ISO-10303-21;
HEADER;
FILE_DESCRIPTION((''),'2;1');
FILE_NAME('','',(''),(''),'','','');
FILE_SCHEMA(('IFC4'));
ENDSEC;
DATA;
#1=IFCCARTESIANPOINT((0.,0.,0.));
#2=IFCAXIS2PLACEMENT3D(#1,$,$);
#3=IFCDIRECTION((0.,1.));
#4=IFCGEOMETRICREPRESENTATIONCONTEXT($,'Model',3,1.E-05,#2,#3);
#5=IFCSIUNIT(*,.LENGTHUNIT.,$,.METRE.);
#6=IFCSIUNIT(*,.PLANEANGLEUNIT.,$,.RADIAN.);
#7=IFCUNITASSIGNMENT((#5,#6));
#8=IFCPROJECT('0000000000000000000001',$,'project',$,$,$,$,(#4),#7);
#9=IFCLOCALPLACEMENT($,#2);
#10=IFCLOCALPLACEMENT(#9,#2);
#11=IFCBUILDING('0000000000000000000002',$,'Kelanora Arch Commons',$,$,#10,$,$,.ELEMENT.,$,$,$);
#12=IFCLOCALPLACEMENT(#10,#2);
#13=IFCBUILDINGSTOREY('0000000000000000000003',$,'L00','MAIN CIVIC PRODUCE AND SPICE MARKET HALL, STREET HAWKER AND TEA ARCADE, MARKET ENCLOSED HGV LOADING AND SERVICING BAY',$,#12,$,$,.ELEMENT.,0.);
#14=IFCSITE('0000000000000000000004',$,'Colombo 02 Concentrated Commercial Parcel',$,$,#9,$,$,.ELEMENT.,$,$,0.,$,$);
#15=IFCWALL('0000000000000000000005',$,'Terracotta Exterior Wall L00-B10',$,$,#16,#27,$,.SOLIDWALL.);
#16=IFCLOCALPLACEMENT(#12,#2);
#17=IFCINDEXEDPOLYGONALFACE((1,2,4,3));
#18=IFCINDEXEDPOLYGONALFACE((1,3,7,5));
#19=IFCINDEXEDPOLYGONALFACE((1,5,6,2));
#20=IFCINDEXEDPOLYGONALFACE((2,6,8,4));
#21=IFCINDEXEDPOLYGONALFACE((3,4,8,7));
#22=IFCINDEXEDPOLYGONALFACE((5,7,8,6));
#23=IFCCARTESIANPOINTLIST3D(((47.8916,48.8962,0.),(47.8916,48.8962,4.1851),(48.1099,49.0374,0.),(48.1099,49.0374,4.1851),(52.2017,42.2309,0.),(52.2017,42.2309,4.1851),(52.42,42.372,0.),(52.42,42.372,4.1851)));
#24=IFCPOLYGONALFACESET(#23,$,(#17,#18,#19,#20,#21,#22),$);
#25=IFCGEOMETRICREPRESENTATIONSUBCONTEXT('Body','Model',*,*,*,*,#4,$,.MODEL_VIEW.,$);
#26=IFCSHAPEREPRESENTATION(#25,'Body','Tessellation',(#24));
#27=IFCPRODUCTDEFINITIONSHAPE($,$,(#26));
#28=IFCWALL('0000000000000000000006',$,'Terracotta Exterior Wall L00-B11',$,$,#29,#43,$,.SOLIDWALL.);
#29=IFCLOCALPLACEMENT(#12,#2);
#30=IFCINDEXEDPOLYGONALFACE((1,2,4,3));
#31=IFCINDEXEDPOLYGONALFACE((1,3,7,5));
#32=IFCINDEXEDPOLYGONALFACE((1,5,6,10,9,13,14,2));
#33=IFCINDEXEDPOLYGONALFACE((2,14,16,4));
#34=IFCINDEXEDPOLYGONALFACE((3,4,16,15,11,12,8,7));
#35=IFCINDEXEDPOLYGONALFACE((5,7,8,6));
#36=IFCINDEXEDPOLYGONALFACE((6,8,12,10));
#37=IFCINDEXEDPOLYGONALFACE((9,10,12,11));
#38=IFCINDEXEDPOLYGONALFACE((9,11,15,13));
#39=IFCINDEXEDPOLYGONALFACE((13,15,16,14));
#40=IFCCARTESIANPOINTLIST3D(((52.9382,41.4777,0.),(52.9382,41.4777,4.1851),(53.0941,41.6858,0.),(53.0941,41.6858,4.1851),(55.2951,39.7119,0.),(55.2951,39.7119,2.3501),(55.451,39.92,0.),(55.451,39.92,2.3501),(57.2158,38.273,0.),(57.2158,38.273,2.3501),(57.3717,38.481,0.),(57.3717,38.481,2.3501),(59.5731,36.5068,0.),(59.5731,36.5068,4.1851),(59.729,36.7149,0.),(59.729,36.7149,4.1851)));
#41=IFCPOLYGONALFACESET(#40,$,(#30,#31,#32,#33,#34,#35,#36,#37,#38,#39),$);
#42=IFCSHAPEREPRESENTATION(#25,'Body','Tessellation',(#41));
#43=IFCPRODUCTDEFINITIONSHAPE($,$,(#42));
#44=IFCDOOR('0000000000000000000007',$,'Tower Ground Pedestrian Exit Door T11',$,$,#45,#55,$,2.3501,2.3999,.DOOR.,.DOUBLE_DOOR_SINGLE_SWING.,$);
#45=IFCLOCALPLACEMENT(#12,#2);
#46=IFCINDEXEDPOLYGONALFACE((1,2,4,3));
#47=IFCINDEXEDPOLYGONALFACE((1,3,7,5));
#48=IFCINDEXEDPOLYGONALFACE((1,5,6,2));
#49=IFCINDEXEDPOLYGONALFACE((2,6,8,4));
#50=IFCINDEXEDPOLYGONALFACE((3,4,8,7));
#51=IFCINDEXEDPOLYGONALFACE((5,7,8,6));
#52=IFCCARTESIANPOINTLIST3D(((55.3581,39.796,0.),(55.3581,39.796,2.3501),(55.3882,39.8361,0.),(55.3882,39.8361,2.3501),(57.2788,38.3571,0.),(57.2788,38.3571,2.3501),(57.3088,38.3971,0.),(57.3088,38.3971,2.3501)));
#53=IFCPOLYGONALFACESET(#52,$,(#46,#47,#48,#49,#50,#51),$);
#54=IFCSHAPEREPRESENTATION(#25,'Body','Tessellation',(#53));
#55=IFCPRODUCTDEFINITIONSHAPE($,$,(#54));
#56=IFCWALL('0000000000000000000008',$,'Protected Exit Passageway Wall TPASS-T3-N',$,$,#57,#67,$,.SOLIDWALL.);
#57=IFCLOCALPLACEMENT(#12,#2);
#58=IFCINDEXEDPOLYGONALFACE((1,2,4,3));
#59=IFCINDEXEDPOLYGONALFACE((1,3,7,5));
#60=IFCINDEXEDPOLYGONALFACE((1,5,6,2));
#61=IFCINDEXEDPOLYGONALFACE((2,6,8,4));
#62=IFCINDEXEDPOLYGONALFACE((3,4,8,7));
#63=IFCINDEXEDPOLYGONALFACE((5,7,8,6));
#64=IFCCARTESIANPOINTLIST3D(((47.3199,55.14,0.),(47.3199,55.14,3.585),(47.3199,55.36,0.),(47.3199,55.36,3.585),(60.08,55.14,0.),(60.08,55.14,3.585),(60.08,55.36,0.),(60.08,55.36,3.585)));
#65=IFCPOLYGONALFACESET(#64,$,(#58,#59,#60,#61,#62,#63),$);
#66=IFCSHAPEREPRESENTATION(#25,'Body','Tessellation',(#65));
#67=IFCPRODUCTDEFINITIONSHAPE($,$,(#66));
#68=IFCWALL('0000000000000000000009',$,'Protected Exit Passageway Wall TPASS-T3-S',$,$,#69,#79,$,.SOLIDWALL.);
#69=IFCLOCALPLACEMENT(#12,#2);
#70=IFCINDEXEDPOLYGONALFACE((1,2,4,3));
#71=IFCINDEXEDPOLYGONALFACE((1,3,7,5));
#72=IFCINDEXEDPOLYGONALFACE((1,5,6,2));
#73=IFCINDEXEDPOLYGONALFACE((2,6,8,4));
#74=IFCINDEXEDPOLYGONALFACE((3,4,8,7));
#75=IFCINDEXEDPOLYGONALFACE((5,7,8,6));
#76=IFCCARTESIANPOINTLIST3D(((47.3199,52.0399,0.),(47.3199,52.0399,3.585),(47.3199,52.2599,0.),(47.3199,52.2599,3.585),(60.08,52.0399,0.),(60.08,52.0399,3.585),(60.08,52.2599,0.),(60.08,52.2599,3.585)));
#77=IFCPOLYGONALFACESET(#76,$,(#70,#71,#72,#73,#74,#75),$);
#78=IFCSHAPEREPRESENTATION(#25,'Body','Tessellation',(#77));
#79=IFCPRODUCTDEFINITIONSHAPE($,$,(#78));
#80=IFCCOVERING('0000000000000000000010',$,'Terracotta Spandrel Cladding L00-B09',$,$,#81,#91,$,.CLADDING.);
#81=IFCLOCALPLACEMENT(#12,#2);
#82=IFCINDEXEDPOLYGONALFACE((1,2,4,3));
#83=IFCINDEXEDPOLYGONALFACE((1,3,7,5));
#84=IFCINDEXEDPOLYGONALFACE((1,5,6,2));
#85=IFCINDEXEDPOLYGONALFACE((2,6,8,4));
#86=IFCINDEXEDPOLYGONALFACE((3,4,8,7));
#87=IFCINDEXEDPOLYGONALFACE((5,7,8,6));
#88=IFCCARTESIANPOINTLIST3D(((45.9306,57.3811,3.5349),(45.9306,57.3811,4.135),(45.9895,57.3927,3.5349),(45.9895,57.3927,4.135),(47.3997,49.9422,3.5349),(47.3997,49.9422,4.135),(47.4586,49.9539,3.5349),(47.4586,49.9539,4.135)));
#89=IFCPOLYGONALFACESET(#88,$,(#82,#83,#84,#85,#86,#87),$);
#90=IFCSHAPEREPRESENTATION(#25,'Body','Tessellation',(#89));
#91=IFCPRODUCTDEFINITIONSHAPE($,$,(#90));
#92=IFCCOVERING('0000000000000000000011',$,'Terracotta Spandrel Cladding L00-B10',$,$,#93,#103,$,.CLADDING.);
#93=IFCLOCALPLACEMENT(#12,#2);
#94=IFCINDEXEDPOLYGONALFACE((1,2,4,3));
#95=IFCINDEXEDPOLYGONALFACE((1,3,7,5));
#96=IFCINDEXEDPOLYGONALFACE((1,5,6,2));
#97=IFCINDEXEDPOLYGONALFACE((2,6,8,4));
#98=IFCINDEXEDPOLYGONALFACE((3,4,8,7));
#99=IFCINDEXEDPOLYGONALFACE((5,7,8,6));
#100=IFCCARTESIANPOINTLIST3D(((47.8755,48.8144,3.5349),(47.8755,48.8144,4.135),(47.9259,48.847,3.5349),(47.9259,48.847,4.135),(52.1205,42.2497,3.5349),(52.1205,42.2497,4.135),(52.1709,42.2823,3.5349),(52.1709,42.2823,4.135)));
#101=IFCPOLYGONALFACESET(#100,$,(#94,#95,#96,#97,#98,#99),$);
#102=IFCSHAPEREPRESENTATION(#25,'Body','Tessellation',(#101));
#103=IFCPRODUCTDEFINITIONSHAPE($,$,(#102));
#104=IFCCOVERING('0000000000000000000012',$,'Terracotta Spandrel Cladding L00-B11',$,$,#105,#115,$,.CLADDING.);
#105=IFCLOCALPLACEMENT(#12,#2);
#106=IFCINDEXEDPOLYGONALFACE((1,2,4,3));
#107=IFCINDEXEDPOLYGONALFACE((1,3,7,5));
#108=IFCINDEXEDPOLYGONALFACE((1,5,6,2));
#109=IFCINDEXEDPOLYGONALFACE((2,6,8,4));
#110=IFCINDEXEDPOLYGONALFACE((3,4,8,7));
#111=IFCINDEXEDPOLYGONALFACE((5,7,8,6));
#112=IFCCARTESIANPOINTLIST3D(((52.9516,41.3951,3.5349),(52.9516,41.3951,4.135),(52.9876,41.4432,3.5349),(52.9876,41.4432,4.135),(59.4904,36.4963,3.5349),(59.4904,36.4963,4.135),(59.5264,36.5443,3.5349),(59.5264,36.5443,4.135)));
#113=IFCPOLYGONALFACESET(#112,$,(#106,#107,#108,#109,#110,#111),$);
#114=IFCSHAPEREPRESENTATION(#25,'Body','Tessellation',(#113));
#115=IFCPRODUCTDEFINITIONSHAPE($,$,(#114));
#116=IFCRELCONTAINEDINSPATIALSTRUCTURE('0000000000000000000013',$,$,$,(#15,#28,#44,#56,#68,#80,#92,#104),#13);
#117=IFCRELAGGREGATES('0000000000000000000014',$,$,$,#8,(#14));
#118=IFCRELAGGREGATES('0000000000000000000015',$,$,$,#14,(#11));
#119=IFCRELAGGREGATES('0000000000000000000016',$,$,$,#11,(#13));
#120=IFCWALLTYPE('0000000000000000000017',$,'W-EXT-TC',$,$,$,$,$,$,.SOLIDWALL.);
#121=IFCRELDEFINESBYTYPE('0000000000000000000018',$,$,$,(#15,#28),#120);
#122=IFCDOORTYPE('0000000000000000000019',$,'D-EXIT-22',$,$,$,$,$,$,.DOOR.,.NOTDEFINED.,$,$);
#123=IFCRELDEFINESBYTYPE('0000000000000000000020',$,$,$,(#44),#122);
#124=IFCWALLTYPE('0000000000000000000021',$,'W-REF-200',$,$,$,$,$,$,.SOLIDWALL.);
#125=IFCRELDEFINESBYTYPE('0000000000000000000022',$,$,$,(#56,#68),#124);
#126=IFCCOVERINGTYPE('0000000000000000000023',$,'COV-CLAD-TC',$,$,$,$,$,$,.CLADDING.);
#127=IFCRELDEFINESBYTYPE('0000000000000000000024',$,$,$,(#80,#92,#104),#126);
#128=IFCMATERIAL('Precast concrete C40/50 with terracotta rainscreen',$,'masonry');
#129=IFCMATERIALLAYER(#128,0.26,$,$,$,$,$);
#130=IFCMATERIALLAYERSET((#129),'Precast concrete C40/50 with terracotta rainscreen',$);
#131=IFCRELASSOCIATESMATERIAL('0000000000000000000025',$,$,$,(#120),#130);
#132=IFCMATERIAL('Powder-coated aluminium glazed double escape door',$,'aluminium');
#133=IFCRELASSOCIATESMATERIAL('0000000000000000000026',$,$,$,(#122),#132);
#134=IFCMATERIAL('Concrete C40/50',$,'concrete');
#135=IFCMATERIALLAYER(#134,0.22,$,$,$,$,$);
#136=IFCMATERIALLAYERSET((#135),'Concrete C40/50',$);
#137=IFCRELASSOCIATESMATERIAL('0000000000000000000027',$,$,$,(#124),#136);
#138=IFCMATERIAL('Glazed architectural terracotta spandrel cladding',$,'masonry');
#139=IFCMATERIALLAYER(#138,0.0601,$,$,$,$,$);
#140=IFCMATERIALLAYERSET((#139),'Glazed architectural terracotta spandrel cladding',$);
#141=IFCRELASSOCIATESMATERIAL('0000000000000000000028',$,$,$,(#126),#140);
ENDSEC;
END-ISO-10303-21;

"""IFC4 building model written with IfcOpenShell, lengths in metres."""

from ifc_helpers import new_model, si_unit, direction, frame, frame_2d, origin, origin_2d, place, context, subcontext, project, spatial, rectangle, extrude, source, transform, mapped, material, layer, layer_set, type_object, element, fill, save


model = new_model("IFC4")

# Units and contexts
model_context = context("Model", 3, precision=1e-05, world=origin(), true_north=direction((0.0, 1.0)))
body_context = subcontext(model_context, "Body", "Model", "MODEL_VIEW")
ifc_project = project(units=[si_unit("LENGTHUNIT", "METRE"), si_unit("PLANEANGLEUNIT", "RADIAN")], contexts=[model_context])

# Site, building, storey
site_placement = place(None, origin())
site = spatial("IfcSite", under=ifc_project, at=site_placement, Name="Colombo 02 Concentrated Commercial Parcel", CompositionType="ELEMENT", RefElevation=0.0)
building_placement = place(site_placement, origin())
building = spatial("IfcBuilding", under=site, at=building_placement, Name="Kelanora Arch Commons", CompositionType="ELEMENT")
storey_placement = place(building_placement, origin())
storey = spatial("IfcBuildingStorey", under=building, at=storey_placement, Name="L00", Description="MAIN CIVIC PRODUCE AND SPICE MARKET HALL, STREET HAWKER AND TEA ARCADE, MARKET ENCLOSED HGV LOADING AND SERVICING BAY", CompositionType="ELEMENT", Elevation=0.0)

# Shared definitions
ifc_material_1 = material(Name="Concrete C40/50", Category="concrete")

# Wall
ifc_material_2 = material(Name="Precast concrete C40/50 with terracotta rainscreen", Category="masonry")
ifc_layer_1 = layer(ifc_material_2, 0.26)
ifc_layer_set_1 = layer_set([ifc_layer_1], Name="Precast concrete C40/50 with terracotta rainscreen")
wall_type_1 = type_object("IfcWallType", Name="W-EXT-TC", PredefinedType="SOLIDWALL", material=ifc_layer_set_1)
wall_1_placement = place(storey_placement, frame((48.0007, 48.9668, 0.0), z_axis=(0.0, 0.0, 1.0), x_axis=(0.543005, -0.839729, 0.0)))
element("IfcWall", 1, at=wall_1_placement, inside=storey, type_object=wall_type_1, Name="Terracotta Exterior Wall L00-B10", PredefinedType="SOLIDWALL", context=body_context, shape_type="SweptSolid", body=[
    extrude(rectangle(XDim=7.9375, YDim=0.26, at=frame_2d((3.9688, 0.0))), origin(), (0.0, 0.0, 1.0), 4.1851),
])

# Wall, opening, door
wall_2_placement = place(storey_placement, frame((53.0161, 41.5818, 0.0), z_axis=(0.0, 0.0, 1.0), x_axis=(0.800307, -0.59959, 0.0)))
wall_2 = element("IfcWall", 2, at=wall_2_placement, inside=storey, type_object=wall_type_1, Name="Terracotta Exterior Wall L00-B11", PredefinedType="SOLIDWALL", context=body_context, shape_type="SweptSolid", body=[
    extrude(rectangle(XDim=8.2905, YDim=0.26, at=frame_2d((4.1453, 0.0))), origin(), (0.0, 0.0, 1.0), 4.1851),
])
opening_1_placement = place(wall_2_placement, frame((2.9451, 0.0, 0.0)))
opening_1 = element("IfcOpeningElement", 3, at=opening_1_placement, cuts=wall_2, PredefinedType="OPENING", context=body_context, shape_type="SweptSolid", body=[
    extrude(rectangle(XDim=2.3999, YDim=2.3501, at=frame_2d((1.2, 1.175))), frame((0.0, 0.1401, 0.0), z_axis=(0.0, -1.0, 0.0), x_axis=(1.0, 0.0, 0.0)), (0.0, 0.0, 1.0), 0.28),
])
ifc_material_3 = material(Name="Powder-coated aluminium glazed double escape door", Category="aluminium")
door_type = type_object("IfcDoorType", Name="D-EXIT-22", OperationType="NOTDEFINED", PredefinedType="DOOR", material=ifc_material_3)
door_placement = place(opening_1_placement, frame((2.3999, 0.0, 0.0), z_axis=(0.0, 0.0, 1.0), x_axis=(-1.0, 0.0, 0.0)))
door = element("IfcDoor", 4, at=door_placement, inside=storey, type_object=door_type, Name="Tower Ground Pedestrian Exit Door T11", OperationType="DOUBLE_DOOR_SINGLE_SWING", OverallHeight=2.3501, OverallWidth=2.3999, PredefinedType="DOOR", context=body_context, shape_type="SweptSolid", body=[
    extrude(rectangle(XDim=2.3999, YDim=2.3501, at=frame_2d((1.2, 1.175))), frame((0.0, 0.0249, 0.0), z_axis=(0.0, -1.0, 0.0), x_axis=(1.0, 0.0, 0.0)), (0.0, 0.0, 1.0), 0.05),
])
fill(opening_1, door)

# Walls
ifc_layer_2 = layer(ifc_material_1, 0.22)
ifc_layer_set_2 = layer_set([ifc_layer_2], Name="Concrete C40/50")
wall_type_2 = type_object("IfcWallType", Name="W-REF-200", PredefinedType="SOLIDWALL", material=ifc_layer_set_2)
for number, where, z_axis, x_axis, name in (
    (5, (47.3201, 55.25, 0.0), (0.0, 0.0, 1.0), (1.0, 0.0, 0.0), "Protected Exit Passageway Wall TPASS-T3-N"),
    (6, (47.3201, 52.1499, 0.0), (0.0, 0.0, 1.0), (1.0, 0.0, 0.0), "Protected Exit Passageway Wall TPASS-T3-S"),
):
    element("IfcWall", number, at=place(storey_placement, frame(where, z_axis=z_axis, x_axis=x_axis)), inside=storey, type_object=wall_type_2, Name=name, PredefinedType="SOLIDWALL", context=body_context, shape_type="SweptSolid", body=[
        extrude(rectangle(XDim=12.76, YDim=0.22, at=frame_2d((6.3799, 0.0))), origin(), (0.0, 0.0, 1.0), 3.585),
    ])

# Coverings
ifc_material_4 = material(Name="Glazed architectural terracotta spandrel cladding", Category="masonry")
ifc_layer_3 = layer(ifc_material_4, 0.0601)
ifc_layer_set_3 = layer_set([ifc_layer_3], Name="Glazed architectural terracotta spandrel cladding")
covering_type = type_object("IfcCoveringType", Name="COV-CLAD-TC", PredefinedType="CLADDING", material=ifc_layer_set_3)
shared_shape_1 = source(origin(), body_context, "Body", "SweptSolid", [
    extrude(rectangle(XDim=7.5825, YDim=0.0601, at=origin_2d()), origin(), (0.0, 0.0, 1.0), 0.6001),
])
covering_1_placement = place(storey_placement, frame((46.6946, 53.6675, 3.5349), z_axis=(0.0, 0.0, 1.0), x_axis=(0.193744, -0.981052, 0.0)))
element("IfcCovering", 7, at=covering_1_placement, inside=storey, type_object=covering_type, Name="Terracotta Spandrel Cladding L00-B09", PredefinedType="CLADDING", context=body_context, shape_type="MappedRepresentation", body=[
    mapped(shared_shape_1, transform((0.0, 0.0, 0.0), scale=1.0)),
])
shared_shape_2 = source(origin(), body_context, "Body", "SweptSolid", [
    extrude(rectangle(XDim=7.8176, YDim=0.0601, at=origin_2d()), origin(), (0.0, 0.0, 1.0), 0.6001),
])
covering_2_placement = place(storey_placement, frame((50.0232, 45.5483, 3.5349), z_axis=(0.0, 0.0, 1.0), x_axis=(0.543005, -0.839729, 0.0)))
element("IfcCovering", 8, at=covering_2_placement, inside=storey, type_object=covering_type, Name="Terracotta Spandrel Cladding L00-B10", PredefinedType="CLADDING", context=body_context, shape_type="MappedRepresentation", body=[
    mapped(shared_shape_2, transform((0.0, 0.0, 0.0), scale=1.0)),
])
shared_shape_3 = source(origin(), body_context, "Body", "SweptSolid", [
    extrude(rectangle(XDim=8.1704, YDim=0.0601, at=origin_2d()), origin(), (0.0, 0.0, 1.0), 0.6001),
])
covering_3_placement = place(storey_placement, frame((56.239, 38.9697, 3.5349), z_axis=(0.0, 0.0, 1.0), x_axis=(0.80031, -0.599587, 0.0)))
element("IfcCovering", 9, at=covering_3_placement, inside=storey, type_object=covering_type, Name="Terracotta Spandrel Cladding L00-B11", PredefinedType="CLADDING", context=body_context, shape_type="MappedRepresentation", body=[
    mapped(shared_shape_3, transform((0.0, 0.0, 0.0), scale=1.0)),
])

save(model, "model.ifc")
